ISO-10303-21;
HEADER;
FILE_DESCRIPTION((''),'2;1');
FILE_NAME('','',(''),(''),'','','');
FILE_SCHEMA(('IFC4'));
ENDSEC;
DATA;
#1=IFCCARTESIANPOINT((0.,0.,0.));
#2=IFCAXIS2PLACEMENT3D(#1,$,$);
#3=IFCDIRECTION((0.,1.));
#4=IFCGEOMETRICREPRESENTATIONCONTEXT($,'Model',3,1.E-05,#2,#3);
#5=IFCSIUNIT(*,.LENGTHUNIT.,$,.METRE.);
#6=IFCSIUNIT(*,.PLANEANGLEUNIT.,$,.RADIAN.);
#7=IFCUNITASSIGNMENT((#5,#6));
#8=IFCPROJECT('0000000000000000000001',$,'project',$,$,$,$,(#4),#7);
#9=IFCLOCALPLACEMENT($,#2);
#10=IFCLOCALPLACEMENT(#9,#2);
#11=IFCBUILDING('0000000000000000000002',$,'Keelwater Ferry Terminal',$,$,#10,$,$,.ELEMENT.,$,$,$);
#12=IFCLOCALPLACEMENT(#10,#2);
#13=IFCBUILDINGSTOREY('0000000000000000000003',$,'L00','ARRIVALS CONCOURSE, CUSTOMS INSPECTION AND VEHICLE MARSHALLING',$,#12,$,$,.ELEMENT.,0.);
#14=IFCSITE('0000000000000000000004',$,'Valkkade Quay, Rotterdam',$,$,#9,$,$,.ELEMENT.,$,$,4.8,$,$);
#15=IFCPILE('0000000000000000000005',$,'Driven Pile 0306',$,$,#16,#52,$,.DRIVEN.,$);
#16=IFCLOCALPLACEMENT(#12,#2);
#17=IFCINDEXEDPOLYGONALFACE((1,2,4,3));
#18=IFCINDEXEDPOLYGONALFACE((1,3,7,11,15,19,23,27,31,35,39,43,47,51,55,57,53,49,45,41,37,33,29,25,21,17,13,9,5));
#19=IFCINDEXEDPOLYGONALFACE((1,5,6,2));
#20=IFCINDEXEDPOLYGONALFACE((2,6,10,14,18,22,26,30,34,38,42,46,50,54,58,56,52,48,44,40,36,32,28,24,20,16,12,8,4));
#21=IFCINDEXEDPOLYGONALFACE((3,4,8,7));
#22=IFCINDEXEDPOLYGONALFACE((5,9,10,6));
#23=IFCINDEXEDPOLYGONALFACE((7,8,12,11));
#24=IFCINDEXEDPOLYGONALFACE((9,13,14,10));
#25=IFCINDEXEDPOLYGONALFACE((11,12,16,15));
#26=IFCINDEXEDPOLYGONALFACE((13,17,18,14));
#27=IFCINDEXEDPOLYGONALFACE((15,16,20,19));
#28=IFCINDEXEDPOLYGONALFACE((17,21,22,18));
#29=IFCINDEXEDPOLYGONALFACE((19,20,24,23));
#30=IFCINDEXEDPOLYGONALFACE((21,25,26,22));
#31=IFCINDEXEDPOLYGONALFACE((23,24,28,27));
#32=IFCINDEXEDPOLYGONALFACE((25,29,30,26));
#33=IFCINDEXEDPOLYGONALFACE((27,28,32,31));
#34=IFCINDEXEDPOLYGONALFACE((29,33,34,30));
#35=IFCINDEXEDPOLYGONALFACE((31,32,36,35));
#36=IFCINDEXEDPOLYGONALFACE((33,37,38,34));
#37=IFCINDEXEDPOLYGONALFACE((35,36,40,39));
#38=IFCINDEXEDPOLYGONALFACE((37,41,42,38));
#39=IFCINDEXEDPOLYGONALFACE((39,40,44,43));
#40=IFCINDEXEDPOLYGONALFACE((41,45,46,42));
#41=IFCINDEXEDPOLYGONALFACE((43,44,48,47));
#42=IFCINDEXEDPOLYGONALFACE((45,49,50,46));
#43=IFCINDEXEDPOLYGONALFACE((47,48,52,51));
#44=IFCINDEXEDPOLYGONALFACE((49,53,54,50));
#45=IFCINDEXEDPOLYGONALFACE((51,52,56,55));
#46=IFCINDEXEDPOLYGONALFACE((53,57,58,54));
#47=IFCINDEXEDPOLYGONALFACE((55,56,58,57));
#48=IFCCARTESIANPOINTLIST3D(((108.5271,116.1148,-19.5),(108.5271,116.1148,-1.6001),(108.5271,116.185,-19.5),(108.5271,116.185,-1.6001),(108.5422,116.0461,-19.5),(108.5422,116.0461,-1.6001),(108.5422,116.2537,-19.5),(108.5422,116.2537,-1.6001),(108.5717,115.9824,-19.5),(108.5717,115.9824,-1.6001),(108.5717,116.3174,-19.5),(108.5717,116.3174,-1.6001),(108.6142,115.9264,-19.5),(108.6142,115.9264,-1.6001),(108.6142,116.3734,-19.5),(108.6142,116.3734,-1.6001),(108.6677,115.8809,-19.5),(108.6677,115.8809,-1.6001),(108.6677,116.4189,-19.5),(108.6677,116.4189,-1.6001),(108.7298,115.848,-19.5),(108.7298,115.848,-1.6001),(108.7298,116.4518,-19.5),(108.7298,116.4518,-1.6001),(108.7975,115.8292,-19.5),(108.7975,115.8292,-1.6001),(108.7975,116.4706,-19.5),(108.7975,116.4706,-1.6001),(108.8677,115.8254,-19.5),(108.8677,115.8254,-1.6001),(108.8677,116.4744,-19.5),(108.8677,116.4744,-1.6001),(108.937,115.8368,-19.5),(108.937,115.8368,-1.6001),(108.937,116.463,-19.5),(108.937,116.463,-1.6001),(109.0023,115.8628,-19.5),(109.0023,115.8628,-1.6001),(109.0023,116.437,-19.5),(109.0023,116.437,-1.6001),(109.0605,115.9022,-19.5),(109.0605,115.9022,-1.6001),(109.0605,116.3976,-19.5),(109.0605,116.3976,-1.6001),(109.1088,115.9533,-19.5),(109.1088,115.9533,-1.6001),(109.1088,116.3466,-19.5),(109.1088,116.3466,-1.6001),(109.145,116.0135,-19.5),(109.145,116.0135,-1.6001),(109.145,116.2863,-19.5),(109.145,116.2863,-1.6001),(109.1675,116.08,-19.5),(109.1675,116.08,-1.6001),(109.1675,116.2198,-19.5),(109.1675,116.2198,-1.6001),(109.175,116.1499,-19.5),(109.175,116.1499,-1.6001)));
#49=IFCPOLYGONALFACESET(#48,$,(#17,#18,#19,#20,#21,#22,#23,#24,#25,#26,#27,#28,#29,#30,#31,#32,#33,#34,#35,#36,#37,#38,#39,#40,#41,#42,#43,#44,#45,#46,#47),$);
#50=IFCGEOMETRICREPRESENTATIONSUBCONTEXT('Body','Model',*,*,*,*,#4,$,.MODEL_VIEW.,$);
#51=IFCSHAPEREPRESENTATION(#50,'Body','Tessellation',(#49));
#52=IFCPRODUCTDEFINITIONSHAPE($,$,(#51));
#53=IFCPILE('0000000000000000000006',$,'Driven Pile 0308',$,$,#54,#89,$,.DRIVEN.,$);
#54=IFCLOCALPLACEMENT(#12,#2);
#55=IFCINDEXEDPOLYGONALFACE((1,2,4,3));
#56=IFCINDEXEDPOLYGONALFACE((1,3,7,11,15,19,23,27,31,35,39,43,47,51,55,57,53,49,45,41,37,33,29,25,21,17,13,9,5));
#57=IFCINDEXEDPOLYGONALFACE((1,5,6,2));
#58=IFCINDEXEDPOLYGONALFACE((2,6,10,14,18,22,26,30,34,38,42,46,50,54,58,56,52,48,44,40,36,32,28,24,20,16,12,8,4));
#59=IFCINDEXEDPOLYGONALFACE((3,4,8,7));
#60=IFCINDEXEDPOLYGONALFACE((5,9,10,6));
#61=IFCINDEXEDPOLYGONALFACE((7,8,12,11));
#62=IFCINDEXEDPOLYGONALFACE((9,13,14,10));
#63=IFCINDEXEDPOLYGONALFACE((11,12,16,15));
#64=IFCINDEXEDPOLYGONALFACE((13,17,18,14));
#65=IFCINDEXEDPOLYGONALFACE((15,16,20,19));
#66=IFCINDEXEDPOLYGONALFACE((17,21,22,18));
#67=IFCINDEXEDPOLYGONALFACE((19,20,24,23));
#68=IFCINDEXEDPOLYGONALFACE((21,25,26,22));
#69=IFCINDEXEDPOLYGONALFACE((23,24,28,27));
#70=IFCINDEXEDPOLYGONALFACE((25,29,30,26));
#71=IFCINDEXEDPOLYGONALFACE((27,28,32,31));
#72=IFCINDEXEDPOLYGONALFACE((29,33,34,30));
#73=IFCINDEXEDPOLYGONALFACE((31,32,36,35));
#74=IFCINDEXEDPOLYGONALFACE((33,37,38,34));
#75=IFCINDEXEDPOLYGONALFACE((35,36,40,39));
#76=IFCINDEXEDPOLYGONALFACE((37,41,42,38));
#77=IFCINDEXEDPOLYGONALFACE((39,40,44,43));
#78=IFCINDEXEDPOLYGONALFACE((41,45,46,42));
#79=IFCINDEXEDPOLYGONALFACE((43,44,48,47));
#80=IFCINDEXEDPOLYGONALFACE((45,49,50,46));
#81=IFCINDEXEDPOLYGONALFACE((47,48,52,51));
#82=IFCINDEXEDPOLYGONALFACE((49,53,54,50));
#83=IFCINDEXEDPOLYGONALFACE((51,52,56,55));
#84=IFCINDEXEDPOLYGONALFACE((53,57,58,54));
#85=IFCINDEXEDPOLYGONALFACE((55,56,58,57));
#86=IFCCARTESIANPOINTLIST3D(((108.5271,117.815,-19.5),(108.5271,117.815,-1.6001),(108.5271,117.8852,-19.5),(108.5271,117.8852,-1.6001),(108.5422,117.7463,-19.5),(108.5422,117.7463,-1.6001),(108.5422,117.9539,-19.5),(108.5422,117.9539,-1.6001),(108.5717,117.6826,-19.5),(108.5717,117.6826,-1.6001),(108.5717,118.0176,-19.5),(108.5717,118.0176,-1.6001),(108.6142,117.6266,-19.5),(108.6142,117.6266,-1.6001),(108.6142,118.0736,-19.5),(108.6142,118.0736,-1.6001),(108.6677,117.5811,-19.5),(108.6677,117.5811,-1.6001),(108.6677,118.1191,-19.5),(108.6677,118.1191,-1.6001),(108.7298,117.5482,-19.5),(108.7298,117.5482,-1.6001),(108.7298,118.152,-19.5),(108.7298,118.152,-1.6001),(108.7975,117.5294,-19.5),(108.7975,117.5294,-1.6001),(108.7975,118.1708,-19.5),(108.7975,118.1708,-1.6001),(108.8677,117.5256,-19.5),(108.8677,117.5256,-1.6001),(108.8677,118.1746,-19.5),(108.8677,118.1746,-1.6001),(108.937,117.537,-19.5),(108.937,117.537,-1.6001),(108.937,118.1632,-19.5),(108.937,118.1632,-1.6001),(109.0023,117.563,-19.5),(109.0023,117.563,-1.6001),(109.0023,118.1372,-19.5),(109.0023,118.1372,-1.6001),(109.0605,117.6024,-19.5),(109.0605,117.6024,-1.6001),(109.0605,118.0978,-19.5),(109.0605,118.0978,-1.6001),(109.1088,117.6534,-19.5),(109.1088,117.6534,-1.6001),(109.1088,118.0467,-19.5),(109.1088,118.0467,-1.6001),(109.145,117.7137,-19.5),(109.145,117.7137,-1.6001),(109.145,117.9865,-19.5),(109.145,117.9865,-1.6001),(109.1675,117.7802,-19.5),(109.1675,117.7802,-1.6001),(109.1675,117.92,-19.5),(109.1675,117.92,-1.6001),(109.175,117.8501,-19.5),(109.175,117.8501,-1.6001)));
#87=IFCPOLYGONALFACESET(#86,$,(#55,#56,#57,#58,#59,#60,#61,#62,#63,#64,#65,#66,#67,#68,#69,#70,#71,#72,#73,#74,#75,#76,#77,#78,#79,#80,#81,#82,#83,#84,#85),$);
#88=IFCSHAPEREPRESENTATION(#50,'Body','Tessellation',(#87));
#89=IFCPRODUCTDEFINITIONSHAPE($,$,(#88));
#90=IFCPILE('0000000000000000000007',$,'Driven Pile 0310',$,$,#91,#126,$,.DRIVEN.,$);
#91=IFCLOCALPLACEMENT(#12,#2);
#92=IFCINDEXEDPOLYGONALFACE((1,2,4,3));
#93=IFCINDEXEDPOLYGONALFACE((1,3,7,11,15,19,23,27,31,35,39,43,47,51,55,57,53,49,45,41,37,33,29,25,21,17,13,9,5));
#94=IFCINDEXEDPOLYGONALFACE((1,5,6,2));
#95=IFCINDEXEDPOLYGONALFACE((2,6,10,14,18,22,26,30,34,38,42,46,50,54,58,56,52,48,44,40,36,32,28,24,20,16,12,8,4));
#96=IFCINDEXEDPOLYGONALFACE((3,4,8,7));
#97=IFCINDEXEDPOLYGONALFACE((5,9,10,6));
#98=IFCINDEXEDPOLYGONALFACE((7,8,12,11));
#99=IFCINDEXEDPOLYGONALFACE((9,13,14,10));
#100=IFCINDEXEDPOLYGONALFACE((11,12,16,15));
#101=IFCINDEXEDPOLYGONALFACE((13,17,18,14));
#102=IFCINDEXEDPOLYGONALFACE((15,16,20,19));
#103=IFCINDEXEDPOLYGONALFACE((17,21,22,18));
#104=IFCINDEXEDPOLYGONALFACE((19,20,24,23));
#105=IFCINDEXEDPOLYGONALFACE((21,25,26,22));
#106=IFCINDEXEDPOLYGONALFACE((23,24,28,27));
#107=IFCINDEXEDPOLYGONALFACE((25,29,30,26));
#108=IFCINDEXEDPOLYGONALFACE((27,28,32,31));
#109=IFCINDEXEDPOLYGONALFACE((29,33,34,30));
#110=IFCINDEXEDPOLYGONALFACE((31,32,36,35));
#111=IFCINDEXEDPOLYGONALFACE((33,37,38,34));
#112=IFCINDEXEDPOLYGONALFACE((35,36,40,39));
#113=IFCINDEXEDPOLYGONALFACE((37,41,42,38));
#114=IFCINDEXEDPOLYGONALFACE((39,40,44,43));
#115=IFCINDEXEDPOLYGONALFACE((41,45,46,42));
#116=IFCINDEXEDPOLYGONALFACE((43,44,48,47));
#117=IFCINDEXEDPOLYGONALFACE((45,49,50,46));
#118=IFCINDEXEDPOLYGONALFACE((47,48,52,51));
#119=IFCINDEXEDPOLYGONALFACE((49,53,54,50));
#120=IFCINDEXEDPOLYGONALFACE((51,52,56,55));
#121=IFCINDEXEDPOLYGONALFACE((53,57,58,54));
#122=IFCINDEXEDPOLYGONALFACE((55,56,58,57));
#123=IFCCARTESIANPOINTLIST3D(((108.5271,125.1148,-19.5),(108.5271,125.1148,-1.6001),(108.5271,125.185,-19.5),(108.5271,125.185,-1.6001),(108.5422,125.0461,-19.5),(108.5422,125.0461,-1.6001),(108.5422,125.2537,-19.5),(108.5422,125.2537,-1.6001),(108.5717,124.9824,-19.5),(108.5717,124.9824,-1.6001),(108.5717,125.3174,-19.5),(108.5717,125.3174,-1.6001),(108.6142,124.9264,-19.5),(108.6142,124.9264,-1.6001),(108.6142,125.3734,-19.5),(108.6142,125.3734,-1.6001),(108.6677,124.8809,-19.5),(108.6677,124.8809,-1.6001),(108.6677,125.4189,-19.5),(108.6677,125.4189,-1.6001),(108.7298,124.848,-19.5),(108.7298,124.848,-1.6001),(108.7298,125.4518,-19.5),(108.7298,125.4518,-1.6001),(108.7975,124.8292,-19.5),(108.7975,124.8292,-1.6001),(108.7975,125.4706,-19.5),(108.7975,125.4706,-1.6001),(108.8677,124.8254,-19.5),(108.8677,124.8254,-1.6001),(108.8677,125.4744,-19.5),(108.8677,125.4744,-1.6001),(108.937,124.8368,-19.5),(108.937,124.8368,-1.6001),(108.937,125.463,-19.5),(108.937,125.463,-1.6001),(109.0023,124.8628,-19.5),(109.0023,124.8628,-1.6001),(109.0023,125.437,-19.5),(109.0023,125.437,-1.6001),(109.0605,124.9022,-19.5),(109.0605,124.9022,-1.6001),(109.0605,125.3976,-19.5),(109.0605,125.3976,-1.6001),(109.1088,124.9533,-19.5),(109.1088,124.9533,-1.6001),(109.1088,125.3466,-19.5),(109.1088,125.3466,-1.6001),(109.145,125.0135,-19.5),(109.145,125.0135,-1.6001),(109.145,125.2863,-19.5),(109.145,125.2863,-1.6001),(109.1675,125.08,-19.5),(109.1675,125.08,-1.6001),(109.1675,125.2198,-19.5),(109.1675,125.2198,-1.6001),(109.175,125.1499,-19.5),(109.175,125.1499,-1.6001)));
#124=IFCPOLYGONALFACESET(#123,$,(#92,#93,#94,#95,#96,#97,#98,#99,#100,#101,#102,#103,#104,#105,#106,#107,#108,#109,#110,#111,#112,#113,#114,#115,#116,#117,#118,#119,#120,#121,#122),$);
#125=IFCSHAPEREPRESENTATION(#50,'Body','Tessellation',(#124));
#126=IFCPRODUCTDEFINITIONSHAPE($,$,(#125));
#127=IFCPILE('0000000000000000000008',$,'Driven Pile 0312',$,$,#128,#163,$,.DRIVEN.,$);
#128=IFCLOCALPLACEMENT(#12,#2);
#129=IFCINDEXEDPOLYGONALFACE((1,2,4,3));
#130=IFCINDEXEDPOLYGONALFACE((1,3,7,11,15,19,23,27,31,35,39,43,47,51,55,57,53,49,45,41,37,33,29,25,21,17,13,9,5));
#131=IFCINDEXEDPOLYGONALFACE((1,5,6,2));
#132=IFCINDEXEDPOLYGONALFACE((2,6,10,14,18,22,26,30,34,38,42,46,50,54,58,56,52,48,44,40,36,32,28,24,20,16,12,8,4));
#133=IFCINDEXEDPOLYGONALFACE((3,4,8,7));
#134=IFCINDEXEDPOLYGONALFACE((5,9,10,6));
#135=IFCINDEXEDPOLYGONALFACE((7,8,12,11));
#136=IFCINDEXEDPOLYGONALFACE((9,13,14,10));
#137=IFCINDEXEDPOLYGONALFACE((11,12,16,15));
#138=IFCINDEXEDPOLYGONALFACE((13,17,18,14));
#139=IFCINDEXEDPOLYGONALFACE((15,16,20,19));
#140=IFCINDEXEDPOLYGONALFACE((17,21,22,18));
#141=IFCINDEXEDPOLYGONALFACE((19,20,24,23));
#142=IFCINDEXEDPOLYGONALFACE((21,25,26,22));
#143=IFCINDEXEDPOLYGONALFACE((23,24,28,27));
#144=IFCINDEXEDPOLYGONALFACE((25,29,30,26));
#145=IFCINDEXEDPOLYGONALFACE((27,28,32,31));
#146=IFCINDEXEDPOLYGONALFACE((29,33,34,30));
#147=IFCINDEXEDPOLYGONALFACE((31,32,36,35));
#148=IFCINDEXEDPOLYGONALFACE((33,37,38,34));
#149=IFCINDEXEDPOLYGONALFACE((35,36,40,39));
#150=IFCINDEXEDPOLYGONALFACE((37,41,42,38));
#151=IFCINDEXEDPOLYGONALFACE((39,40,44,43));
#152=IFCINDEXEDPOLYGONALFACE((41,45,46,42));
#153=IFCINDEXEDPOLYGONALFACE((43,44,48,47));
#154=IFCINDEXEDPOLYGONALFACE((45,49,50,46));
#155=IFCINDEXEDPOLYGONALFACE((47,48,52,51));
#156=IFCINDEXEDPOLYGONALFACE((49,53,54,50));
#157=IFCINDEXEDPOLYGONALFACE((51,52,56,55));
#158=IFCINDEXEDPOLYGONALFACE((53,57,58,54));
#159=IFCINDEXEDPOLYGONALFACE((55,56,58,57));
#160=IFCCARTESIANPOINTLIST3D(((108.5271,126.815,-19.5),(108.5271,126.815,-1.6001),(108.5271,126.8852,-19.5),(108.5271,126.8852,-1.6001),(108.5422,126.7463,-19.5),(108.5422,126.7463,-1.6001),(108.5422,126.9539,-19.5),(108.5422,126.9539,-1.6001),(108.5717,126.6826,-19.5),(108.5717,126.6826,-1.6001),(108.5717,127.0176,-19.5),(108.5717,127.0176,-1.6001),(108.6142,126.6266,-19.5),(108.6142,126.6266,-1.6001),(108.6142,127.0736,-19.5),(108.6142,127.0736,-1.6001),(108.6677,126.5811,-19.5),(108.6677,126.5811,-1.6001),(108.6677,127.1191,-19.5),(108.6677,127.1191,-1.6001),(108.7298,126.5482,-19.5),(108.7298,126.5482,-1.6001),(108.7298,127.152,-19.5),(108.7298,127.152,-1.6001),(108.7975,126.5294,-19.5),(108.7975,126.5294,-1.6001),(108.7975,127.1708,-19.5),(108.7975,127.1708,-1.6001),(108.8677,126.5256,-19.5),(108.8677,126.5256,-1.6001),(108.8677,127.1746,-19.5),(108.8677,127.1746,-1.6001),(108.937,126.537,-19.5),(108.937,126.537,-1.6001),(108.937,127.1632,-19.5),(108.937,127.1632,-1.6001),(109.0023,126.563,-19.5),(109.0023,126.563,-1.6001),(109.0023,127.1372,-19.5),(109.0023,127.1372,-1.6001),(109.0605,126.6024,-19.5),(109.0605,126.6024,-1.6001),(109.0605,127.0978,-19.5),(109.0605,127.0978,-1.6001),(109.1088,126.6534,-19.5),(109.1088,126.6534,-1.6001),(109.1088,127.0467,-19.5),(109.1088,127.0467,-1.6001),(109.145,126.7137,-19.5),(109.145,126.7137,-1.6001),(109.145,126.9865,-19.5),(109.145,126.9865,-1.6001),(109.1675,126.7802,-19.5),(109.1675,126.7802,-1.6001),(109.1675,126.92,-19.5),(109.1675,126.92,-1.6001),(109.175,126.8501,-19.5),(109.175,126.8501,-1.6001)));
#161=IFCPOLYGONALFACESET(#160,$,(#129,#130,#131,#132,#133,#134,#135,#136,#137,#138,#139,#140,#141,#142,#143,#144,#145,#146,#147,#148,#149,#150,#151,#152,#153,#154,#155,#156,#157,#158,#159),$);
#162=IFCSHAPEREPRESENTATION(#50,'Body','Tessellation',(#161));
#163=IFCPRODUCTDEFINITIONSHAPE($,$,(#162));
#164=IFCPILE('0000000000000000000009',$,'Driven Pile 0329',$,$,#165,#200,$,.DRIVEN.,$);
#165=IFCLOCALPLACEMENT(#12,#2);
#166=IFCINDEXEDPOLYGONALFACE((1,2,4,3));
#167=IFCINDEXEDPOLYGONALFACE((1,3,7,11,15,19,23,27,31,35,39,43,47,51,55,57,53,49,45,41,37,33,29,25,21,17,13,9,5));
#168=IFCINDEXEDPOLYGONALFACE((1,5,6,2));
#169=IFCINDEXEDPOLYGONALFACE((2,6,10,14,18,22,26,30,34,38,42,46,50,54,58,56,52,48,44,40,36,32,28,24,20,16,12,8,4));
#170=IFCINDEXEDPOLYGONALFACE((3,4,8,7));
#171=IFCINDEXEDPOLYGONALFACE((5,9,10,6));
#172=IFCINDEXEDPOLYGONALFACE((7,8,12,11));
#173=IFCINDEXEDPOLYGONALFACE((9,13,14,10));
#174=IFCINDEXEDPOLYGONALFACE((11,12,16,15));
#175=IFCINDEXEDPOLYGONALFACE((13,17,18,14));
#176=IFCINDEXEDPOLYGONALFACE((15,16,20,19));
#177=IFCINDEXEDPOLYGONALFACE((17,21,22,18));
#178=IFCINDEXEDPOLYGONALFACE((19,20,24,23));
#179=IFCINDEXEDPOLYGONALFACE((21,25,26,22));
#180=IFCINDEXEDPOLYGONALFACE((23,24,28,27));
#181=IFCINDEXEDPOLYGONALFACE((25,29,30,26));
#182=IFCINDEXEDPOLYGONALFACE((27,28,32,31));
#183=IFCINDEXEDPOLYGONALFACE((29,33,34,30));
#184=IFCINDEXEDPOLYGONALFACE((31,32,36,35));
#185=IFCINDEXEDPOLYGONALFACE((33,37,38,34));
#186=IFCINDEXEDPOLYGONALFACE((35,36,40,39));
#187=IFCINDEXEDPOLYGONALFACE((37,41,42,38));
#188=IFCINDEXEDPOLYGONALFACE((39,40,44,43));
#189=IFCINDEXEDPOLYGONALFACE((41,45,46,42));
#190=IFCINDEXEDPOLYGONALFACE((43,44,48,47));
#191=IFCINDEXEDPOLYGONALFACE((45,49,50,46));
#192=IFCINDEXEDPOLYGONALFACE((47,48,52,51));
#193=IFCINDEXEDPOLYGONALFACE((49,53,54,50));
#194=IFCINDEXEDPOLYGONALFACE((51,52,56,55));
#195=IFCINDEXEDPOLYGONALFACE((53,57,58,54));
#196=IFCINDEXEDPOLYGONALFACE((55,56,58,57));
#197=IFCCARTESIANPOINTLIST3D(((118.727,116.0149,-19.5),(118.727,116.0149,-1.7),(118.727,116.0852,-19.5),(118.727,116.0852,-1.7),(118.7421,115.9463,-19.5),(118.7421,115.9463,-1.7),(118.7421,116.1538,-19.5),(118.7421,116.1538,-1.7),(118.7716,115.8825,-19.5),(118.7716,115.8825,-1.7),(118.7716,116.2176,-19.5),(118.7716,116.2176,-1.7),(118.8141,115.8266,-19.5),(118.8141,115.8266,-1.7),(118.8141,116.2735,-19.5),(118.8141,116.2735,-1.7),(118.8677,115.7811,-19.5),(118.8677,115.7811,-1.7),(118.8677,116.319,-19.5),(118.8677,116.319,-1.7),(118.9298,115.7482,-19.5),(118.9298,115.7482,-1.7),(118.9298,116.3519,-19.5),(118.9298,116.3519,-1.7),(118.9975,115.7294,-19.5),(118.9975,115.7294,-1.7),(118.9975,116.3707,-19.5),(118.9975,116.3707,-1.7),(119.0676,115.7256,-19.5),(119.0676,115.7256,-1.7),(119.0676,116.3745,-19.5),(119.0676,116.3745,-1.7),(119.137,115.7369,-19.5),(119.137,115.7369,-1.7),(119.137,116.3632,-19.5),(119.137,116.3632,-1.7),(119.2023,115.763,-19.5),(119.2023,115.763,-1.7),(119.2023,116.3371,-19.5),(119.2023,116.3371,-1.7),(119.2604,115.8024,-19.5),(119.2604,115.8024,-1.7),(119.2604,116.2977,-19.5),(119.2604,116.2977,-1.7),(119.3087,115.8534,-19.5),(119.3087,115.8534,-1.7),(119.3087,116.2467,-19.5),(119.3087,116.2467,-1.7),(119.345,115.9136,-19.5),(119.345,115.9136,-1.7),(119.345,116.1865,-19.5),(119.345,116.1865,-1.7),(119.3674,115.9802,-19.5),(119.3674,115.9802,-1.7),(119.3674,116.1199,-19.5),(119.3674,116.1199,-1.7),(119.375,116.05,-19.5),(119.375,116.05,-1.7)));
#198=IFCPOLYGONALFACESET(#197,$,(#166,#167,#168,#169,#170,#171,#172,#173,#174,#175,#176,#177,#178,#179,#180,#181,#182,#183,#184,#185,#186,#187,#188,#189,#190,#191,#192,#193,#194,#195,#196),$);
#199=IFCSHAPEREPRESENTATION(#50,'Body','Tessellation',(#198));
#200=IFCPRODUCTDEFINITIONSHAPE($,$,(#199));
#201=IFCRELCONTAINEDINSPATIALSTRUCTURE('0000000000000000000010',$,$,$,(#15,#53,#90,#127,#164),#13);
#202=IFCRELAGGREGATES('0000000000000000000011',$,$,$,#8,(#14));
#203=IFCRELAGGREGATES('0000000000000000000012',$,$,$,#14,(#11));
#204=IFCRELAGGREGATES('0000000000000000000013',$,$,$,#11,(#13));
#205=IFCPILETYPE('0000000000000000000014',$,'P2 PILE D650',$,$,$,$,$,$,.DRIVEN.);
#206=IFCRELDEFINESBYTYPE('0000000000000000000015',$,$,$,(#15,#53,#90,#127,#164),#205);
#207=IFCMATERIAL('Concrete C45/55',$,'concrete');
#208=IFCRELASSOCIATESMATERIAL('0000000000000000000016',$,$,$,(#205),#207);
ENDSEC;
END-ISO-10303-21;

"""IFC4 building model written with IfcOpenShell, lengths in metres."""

from ifc_helpers import new_model, si_unit, direction, frame, origin, origin_2d, place, context, subcontext, project, spatial, circle, extrude, material, material_profile, profile_set, type_object, element, save


model = new_model("IFC4")

# Units and contexts
model_context = context("Model", 3, precision=1e-05, world=origin(), true_north=direction((0.0, 1.0)))
body_context = subcontext(model_context, "Body", "Model", "MODEL_VIEW")
ifc_project = project(units=[si_unit("LENGTHUNIT", "METRE"), si_unit("PLANEANGLEUNIT", "RADIAN")], contexts=[model_context])

# Site, building, storey
site_placement = place(None, origin())
site = spatial("IfcSite", under=ifc_project, at=site_placement, Name="Valkkade Quay, Rotterdam", CompositionType="ELEMENT", RefElevation=4.8)
building_placement = place(site_placement, origin())
building = spatial("IfcBuilding", under=site, at=building_placement, Name="Keelwater Ferry Terminal", CompositionType="ELEMENT")
storey_placement = place(building_placement, origin())
storey = spatial("IfcBuildingStorey", under=building, at=storey_placement, Name="L00", Description="ARRIVALS CONCOURSE, CUSTOMS INSPECTION AND VEHICLE MARSHALLING", CompositionType="ELEMENT", Elevation=0.0)

# Piles
ifc_material_1 = material(Name="Concrete C45/55", Category="concrete")
ifc_material_profile_1 = material_profile(ifc_material_1, circle(Radius=0.325, at=origin_2d()), Name="PILE D650")
ifc_profile_set_1 = profile_set([ifc_material_profile_1], Name="Concrete C45/55")
pile_type = type_object("IfcPileType", Name="P2 PILE D650", PredefinedType="DRIVEN", material=ifc_profile_set_1)
for number, where, z_axis, x_axis, name in (
    (1, (108.8501, 116.1499, -1.6001), (0.0, 0.0, -1.0), (1.0, 0.0, 0.0), "Driven Pile 0306"),
    (2, (108.8501, 117.8501, -1.6001), (0.0, 0.0, -1.0), (1.0, 0.0, 0.0), "Driven Pile 0308"),
    (3, (108.8501, 125.1499, -1.6001), (0.0, 0.0, -1.0), (1.0, 0.0, 0.0), "Driven Pile 0310"),
    (4, (108.8501, 126.8501, -1.6001), (0.0, 0.0, -1.0), (1.0, 0.0, 0.0), "Driven Pile 0312"),
):
    element("IfcPile", number, at=place(storey_placement, frame(where, z_axis=z_axis, x_axis=x_axis)), inside=storey, type_object=pile_type, Name=name, PredefinedType="DRIVEN", context=body_context, shape_type="SweptSolid", body=[
        extrude(circle(Radius=0.325, at=origin_2d()), origin(), (0.0, 0.0, 1.0), 17.8999),
    ])
for number, where, z_axis, x_axis, name in (
    (5, (119.05, 116.05, -1.7), (0.0, 0.0, -1.0), (1.0, 0.0, 0.0), "Driven Pile 0329"),
):
    element("IfcPile", number, at=place(storey_placement, frame(where, z_axis=z_axis, x_axis=x_axis)), inside=storey, type_object=pile_type, Name=name, PredefinedType="DRIVEN", context=body_context, shape_type="SweptSolid", body=[
        extrude(circle(Radius=0.325, at=origin_2d()), origin(), (0.0, 0.0, 1.0), 17.8),
    ])

save(model, "model.ifc")
